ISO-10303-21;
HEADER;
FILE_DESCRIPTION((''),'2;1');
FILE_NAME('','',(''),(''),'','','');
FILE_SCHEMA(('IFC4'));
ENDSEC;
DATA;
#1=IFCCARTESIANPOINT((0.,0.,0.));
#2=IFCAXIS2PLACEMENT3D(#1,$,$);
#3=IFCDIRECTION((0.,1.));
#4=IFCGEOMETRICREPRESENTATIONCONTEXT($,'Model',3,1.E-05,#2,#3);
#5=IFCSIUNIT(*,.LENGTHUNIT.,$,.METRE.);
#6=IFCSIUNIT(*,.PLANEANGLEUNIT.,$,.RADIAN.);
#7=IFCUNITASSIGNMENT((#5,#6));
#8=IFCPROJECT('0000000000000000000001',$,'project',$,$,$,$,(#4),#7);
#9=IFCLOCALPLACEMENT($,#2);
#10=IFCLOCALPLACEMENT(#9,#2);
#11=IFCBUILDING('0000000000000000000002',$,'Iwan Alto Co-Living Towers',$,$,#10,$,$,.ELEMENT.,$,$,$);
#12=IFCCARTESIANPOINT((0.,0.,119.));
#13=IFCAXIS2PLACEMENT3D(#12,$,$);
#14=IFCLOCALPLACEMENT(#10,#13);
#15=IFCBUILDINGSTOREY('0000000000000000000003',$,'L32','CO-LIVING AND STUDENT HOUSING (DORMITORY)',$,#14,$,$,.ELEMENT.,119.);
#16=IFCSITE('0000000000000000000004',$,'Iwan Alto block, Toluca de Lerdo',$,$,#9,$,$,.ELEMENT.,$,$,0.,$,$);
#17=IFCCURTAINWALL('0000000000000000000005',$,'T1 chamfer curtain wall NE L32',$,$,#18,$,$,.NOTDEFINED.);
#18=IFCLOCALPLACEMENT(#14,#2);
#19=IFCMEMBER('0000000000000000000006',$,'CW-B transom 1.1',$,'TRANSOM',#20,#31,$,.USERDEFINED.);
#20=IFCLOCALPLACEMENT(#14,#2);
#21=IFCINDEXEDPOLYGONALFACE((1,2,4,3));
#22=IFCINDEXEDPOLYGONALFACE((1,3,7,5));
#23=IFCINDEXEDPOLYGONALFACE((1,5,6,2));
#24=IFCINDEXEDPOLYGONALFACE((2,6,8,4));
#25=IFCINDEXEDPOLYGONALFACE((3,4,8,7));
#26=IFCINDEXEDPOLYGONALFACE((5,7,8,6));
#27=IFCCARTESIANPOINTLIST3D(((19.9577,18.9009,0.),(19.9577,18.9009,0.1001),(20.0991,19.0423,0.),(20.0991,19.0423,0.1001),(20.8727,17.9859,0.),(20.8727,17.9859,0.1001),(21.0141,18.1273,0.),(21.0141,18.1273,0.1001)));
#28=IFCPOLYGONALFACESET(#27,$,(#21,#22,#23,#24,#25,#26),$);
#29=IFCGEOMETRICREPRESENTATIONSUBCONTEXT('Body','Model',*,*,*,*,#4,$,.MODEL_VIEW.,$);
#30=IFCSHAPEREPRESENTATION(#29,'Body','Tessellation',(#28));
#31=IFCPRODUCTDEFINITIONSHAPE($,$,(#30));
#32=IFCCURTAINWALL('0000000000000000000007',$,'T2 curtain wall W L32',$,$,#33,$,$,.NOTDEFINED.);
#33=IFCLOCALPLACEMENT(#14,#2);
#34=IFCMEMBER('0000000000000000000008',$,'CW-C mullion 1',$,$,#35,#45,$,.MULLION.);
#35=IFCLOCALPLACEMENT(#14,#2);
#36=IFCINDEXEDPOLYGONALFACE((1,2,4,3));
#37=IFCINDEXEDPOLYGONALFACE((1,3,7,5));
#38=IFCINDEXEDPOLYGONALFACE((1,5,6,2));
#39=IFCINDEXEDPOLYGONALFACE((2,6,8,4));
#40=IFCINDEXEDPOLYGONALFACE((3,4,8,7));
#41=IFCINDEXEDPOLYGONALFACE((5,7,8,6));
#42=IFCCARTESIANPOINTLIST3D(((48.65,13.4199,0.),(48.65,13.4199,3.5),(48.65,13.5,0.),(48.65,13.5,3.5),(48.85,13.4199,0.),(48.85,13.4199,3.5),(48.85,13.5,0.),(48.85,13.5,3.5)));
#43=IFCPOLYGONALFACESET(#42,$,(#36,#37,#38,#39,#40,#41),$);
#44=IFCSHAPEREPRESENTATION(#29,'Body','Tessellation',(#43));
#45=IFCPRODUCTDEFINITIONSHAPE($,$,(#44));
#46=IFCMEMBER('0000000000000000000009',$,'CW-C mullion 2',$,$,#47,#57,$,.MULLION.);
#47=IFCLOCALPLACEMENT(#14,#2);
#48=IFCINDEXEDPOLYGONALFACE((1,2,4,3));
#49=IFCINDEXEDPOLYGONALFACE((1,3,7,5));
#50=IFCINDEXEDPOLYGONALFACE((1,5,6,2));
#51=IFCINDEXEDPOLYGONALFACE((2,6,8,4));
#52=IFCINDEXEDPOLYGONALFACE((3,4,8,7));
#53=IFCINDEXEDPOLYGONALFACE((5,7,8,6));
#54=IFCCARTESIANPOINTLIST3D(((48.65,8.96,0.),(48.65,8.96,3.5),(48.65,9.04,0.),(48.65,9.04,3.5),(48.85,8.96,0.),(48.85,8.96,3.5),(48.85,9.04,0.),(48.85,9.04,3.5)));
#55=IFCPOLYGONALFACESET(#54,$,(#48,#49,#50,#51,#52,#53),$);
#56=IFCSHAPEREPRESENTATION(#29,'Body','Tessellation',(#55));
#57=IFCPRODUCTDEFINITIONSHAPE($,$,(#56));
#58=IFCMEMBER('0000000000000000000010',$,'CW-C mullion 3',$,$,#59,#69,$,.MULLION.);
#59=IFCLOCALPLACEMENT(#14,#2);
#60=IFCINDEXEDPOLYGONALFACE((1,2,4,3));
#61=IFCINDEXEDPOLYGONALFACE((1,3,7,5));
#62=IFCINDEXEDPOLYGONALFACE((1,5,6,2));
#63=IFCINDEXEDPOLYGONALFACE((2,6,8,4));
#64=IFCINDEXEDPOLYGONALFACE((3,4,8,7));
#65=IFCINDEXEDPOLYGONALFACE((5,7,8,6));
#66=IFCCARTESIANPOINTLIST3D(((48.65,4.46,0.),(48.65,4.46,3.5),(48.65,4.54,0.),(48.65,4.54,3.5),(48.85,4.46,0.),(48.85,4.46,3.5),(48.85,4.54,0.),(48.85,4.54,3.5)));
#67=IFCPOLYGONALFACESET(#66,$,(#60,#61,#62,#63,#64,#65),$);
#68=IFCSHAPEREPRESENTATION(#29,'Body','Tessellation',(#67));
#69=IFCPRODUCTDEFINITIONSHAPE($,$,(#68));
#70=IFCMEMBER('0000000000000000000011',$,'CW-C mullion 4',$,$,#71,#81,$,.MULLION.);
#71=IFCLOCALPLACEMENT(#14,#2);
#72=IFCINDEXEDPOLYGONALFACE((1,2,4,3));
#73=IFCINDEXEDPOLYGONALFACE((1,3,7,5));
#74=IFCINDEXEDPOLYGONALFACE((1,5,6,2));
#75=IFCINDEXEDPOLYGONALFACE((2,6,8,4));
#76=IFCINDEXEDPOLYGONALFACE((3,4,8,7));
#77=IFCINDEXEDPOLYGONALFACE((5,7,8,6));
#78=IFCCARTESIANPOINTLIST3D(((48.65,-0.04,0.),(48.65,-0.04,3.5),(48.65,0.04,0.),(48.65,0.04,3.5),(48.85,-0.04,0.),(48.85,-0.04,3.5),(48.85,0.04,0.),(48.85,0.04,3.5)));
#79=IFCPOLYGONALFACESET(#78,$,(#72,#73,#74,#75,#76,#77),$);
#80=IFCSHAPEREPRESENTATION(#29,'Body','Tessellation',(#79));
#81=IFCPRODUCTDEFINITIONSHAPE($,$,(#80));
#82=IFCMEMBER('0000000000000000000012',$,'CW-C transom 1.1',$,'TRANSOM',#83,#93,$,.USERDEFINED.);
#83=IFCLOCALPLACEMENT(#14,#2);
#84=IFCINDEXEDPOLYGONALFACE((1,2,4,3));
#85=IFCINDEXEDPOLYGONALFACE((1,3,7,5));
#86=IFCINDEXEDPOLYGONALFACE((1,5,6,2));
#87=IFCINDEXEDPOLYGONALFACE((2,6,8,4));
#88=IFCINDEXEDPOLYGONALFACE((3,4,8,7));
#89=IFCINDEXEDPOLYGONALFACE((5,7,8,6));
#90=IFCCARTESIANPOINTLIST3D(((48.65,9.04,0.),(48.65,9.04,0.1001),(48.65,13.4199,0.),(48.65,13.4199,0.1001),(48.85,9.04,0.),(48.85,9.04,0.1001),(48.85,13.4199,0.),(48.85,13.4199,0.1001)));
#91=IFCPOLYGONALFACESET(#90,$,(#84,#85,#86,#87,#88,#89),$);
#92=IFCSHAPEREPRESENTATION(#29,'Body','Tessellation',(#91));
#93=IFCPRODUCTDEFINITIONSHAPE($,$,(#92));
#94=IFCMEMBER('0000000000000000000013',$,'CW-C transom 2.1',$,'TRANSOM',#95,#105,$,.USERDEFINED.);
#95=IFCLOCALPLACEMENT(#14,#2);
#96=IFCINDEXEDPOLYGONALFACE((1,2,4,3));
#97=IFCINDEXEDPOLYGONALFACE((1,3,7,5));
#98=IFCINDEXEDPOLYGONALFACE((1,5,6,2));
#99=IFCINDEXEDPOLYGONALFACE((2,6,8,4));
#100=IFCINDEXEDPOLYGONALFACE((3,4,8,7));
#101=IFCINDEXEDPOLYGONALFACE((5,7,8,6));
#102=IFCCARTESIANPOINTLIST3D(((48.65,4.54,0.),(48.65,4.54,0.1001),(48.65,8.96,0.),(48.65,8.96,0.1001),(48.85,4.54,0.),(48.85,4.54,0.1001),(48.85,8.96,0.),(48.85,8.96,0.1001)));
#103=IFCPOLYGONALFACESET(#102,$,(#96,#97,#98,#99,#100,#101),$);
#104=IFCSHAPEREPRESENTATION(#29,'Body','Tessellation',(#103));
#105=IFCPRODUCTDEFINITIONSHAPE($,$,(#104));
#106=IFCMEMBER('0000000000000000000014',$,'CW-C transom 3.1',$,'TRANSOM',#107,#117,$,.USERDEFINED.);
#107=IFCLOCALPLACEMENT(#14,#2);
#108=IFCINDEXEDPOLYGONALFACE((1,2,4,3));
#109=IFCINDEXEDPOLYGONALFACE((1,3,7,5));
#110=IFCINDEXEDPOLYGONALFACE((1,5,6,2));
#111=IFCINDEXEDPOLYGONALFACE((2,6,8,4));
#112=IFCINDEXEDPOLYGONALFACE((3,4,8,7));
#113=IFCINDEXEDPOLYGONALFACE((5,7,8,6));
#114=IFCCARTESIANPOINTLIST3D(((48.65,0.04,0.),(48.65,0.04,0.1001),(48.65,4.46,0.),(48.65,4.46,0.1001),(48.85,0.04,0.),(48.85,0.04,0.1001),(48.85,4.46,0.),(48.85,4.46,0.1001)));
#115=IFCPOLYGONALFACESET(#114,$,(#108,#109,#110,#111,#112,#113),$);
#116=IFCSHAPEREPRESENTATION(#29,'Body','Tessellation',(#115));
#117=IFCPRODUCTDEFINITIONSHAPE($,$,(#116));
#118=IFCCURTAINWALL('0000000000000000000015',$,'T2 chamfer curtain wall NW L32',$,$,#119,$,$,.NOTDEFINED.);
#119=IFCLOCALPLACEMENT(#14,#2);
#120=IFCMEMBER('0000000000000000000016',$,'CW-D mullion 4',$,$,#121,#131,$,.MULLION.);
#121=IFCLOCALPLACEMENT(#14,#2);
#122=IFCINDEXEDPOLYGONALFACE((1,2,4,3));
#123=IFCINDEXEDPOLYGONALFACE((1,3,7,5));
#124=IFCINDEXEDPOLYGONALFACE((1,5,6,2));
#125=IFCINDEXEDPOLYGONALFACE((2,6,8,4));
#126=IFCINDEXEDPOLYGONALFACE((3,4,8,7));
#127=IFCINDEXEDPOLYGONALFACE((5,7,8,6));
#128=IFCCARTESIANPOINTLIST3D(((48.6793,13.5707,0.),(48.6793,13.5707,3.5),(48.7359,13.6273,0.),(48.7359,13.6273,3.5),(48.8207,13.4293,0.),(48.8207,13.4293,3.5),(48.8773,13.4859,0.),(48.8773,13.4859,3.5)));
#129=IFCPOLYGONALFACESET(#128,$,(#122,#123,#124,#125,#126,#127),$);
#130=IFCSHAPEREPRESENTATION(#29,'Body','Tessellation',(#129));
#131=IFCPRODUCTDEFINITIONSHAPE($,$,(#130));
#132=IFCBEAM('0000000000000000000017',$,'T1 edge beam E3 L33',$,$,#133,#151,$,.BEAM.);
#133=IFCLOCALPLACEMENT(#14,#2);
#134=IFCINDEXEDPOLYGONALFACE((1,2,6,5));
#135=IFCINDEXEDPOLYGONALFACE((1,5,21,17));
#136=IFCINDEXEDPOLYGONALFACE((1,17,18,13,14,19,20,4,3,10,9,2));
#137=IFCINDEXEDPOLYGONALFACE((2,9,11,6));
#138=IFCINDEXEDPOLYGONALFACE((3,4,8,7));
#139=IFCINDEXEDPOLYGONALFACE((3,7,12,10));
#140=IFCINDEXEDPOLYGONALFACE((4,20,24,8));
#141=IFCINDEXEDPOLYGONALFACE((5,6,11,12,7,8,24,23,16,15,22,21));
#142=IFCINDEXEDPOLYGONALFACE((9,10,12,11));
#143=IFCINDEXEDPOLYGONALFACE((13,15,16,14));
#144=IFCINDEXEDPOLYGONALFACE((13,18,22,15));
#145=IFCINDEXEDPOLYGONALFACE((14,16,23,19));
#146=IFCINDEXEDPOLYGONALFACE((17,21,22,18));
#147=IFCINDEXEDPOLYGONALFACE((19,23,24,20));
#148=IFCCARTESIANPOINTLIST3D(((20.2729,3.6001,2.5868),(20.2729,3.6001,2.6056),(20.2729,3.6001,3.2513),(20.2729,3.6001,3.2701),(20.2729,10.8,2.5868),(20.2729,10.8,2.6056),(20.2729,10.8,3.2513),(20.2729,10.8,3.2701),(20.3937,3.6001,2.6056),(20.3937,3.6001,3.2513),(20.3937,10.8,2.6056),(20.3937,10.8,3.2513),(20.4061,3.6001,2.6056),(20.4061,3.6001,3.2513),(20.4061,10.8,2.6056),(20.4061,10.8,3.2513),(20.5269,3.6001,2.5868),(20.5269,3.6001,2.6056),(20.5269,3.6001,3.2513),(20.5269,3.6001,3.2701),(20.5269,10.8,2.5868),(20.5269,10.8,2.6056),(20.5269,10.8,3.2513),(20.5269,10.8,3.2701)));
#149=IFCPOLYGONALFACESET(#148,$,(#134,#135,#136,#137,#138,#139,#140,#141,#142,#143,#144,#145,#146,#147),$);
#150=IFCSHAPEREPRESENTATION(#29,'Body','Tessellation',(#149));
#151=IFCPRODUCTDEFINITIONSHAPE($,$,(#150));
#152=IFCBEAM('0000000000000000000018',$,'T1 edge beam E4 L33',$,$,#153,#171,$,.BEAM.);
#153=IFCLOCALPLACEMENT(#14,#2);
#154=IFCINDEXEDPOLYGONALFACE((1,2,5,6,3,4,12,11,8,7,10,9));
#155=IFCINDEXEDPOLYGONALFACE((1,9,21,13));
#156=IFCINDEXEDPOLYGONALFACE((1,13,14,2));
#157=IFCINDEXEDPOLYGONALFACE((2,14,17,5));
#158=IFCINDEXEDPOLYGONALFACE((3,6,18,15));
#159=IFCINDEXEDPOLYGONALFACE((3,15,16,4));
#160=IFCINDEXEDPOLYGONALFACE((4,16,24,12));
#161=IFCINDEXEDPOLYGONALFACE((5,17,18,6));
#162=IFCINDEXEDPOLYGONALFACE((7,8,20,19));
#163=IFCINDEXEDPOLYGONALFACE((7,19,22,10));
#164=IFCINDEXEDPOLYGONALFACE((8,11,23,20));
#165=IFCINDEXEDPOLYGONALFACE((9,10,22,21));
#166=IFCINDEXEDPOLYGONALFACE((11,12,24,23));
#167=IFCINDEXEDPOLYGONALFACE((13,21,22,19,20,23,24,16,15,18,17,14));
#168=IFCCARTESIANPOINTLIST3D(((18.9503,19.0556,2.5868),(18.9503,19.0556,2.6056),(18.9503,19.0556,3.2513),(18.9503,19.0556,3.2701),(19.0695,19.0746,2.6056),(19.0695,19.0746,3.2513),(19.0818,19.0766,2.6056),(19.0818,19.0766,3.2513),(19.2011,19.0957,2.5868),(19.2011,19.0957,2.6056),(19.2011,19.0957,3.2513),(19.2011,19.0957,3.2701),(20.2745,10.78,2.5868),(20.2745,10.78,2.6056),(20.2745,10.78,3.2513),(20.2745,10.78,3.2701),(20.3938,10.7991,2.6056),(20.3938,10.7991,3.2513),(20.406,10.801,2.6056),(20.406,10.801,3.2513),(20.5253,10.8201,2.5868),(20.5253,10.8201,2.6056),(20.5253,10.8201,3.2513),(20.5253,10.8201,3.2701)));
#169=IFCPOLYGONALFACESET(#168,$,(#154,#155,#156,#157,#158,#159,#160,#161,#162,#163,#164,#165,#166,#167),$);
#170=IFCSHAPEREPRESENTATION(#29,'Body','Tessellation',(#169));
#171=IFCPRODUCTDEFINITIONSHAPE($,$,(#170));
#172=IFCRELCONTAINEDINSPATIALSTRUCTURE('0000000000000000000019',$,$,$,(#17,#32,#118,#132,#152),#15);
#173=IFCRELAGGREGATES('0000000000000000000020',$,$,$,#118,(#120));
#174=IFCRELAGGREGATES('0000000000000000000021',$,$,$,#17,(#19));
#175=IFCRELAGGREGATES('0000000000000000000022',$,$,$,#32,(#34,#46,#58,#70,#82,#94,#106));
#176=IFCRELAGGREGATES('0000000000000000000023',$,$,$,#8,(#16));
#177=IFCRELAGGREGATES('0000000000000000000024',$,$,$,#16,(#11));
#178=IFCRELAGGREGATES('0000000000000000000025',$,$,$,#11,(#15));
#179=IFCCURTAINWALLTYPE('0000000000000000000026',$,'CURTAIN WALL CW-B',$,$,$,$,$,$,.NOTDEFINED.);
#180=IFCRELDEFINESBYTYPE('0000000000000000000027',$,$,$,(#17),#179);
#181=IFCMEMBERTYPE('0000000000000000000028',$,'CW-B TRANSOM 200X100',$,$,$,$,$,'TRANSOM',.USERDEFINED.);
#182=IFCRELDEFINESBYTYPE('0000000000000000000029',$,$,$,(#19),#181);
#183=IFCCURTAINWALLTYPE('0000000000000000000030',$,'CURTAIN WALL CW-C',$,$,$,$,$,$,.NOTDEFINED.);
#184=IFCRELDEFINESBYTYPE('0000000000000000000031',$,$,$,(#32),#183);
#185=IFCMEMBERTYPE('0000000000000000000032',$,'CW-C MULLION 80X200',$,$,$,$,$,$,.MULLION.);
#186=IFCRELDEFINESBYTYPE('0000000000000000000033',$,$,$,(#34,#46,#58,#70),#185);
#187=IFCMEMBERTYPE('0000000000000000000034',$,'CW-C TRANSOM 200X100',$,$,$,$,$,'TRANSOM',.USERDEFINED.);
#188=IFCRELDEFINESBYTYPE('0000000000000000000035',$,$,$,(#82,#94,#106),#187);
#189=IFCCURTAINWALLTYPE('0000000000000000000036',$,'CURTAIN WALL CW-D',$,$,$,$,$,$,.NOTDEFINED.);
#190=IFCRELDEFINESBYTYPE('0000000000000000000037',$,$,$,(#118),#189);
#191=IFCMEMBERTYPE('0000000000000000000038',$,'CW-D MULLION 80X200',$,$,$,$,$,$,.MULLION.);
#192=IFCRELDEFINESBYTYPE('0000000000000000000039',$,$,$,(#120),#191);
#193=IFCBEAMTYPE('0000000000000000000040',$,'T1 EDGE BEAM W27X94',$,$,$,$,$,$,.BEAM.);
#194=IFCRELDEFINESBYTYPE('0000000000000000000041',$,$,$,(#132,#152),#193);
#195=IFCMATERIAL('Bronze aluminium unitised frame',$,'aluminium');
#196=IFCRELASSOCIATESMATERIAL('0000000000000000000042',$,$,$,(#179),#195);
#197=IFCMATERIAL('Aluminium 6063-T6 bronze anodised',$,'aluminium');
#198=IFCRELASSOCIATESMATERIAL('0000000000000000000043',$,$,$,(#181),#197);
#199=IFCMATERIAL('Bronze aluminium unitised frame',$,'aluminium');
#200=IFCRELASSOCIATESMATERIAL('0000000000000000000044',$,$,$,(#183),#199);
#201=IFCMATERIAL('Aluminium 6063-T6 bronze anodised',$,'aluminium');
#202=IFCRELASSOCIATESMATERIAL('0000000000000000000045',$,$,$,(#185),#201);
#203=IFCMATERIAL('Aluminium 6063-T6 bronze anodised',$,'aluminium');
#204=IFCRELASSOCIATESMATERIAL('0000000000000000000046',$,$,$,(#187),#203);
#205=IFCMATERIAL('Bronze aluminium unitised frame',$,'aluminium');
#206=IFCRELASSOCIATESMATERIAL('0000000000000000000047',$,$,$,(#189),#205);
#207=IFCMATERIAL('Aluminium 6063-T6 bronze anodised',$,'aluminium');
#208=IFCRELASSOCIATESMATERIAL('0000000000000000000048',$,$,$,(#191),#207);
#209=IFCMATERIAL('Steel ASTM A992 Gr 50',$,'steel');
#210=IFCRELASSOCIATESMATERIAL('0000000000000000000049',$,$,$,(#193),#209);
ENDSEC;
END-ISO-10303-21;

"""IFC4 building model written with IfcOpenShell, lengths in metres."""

from ifc_helpers import new_model, si_unit, direction, frame, origin, origin_2d, place, context, subcontext, project, spatial, rectangle, i_section, extrude, material, material_profile, profile_set, type_object, element, aggregate, save


model = new_model("IFC4")

# Units and contexts
model_context = context("Model", 3, precision=1e-05, world=origin(), true_north=direction((0.0, 1.0)))
body_context = subcontext(model_context, "Body", "Model", "MODEL_VIEW")
ifc_project = project(units=[si_unit("LENGTHUNIT", "METRE"), si_unit("PLANEANGLEUNIT", "RADIAN")], contexts=[model_context])

# Site, building, storey
site_placement = place(None, origin())
site = spatial("IfcSite", under=ifc_project, at=site_placement, Name="Iwan Alto block, Toluca de Lerdo", CompositionType="ELEMENT", RefElevation=0.0)
building_placement = place(site_placement, origin())
building = spatial("IfcBuilding", under=site, at=building_placement, Name="Iwan Alto Co-Living Towers", CompositionType="ELEMENT")
storey_placement = place(building_placement, frame((0.0, 0.0, 119.0)))
storey = spatial("IfcBuildingStorey", under=building, at=storey_placement, Name="L32", Description="CO-LIVING AND STUDENT HOUSING (DORMITORY)", CompositionType="ELEMENT", Elevation=119.0)

# Curtain walls, members
ifc_material_1 = material(Name="Bronze aluminium unitised frame", Category="aluminium")
curtain_wall_type_1 = type_object("IfcCurtainWallType", Name="CURTAIN WALL CW-B", PredefinedType="NOTDEFINED", material=ifc_material_1)
curtain_wall_1_placement = place(storey_placement, origin())
curtain_wall_1 = element("IfcCurtainWall", 1, at=curtain_wall_1_placement, inside=storey, type_object=curtain_wall_type_1, Name="T1 chamfer curtain wall NE L32", PredefinedType="NOTDEFINED")
ifc_material_2 = material(Name="Aluminium 6063-T6 bronze anodised", Category="aluminium")
ifc_material_profile_1 = material_profile(ifc_material_2, rectangle(XDim=0.2, YDim=0.1001, at=origin_2d()), Name="AL 200X100")
ifc_profile_set_1 = profile_set([ifc_material_profile_1], Name="Aluminium 6063-T6 bronze anodised")
member_type_1 = type_object("IfcMemberType", Name="CW-B TRANSOM 200X100", ElementType="TRANSOM", PredefinedType="USERDEFINED", material=ifc_profile_set_1)
member_1_placement = place(storey_placement, frame((20.9434, 18.0566, 0.05), z_axis=(-0.707107, 0.707107, 0.0), x_axis=(-0.707107, -0.707107, 0.0)))
member_1 = element("IfcMember", 2, at=member_1_placement, type_object=member_type_1, Name="CW-B transom 1.1", ObjectType="TRANSOM", PredefinedType="USERDEFINED", context=body_context, shape_type="SweptSolid", body=[
    extrude(rectangle(XDim=0.2, YDim=0.1001, at=origin_2d()), origin(), (0.0, 0.0, 1.0), 1.2939),
])
ifc_material_3 = material(Name="Bronze aluminium unitised frame", Category="aluminium")
curtain_wall_type_2 = type_object("IfcCurtainWallType", Name="CURTAIN WALL CW-C", PredefinedType="NOTDEFINED", material=ifc_material_3)
curtain_wall_2_placement = place(storey_placement, origin())
curtain_wall_2 = element("IfcCurtainWall", 3, at=curtain_wall_2_placement, inside=storey, type_object=curtain_wall_type_2, Name="T2 curtain wall W L32", PredefinedType="NOTDEFINED")
ifc_material_4 = material(Name="Aluminium 6063-T6 bronze anodised", Category="aluminium")
ifc_material_profile_2 = material_profile(ifc_material_4, rectangle(XDim=0.2, YDim=0.0801, at=origin_2d()), Name="AL 80X200")
ifc_profile_set_2 = profile_set([ifc_material_profile_2], Name="Aluminium 6063-T6 bronze anodised")
member_type_2 = type_object("IfcMemberType", Name="CW-C MULLION 80X200", PredefinedType="MULLION", material=ifc_profile_set_2)
member_2_placement = place(storey_placement, frame((48.75, 13.46, 0.0), z_axis=(0.0, 0.0, 1.0), x_axis=(1.0, 0.0, 0.0)))
member_2 = element("IfcMember", 4, at=member_2_placement, type_object=member_type_2, Name="CW-C mullion 1", PredefinedType="MULLION", context=body_context, shape_type="SweptSolid", body=[
    extrude(rectangle(XDim=0.2, YDim=0.0801, at=origin_2d()), origin(), (0.0, 0.0, 1.0), 3.5),
])
member_3_placement = place(storey_placement, frame((48.75, 9.0, 0.0), z_axis=(0.0, 0.0, 1.0), x_axis=(1.0, 0.0, 0.0)))
member_3 = element("IfcMember", 5, at=member_3_placement, type_object=member_type_2, Name="CW-C mullion 2", PredefinedType="MULLION", context=body_context, shape_type="SweptSolid", body=[
    extrude(rectangle(XDim=0.2, YDim=0.0801, at=origin_2d()), origin(), (0.0, 0.0, 1.0), 3.5),
])
member_4_placement = place(storey_placement, frame((48.75, 4.5, 0.0), z_axis=(0.0, 0.0, 1.0), x_axis=(1.0, 0.0, 0.0)))
member_4 = element("IfcMember", 6, at=member_4_placement, type_object=member_type_2, Name="CW-C mullion 3", PredefinedType="MULLION", context=body_context, shape_type="SweptSolid", body=[
    extrude(rectangle(XDim=0.2, YDim=0.0801, at=origin_2d()), origin(), (0.0, 0.0, 1.0), 3.5),
])
member_5_placement = place(storey_placement, frame((48.75, 0.0, 0.0), z_axis=(0.0, 0.0, 1.0), x_axis=(1.0, 0.0, 0.0)))
member_5 = element("IfcMember", 7, at=member_5_placement, type_object=member_type_2, Name="CW-C mullion 4", PredefinedType="MULLION", context=body_context, shape_type="SweptSolid", body=[
    extrude(rectangle(XDim=0.2, YDim=0.0801, at=origin_2d()), origin(), (0.0, 0.0, 1.0), 3.5),
])
ifc_material_5 = material(Name="Aluminium 6063-T6 bronze anodised", Category="aluminium")
ifc_material_profile_3 = material_profile(ifc_material_5, rectangle(XDim=0.2, YDim=0.1001, at=origin_2d()), Name="AL 200X100")
ifc_profile_set_3 = profile_set([ifc_material_profile_3], Name="Aluminium 6063-T6 bronze anodised")
member_type_3 = type_object("IfcMemberType", Name="CW-C TRANSOM 200X100", ElementType="TRANSOM", PredefinedType="USERDEFINED", material=ifc_profile_set_3)
member_6_placement = place(storey_placement, frame((48.75, 13.4199, 0.05), z_axis=(0.0, -1.0, 0.0), x_axis=(1.0, 0.0, 0.0)))
member_6 = element("IfcMember", 8, at=member_6_placement, type_object=member_type_3, Name="CW-C transom 1.1", ObjectType="TRANSOM", PredefinedType="USERDEFINED", context=body_context, shape_type="SweptSolid", body=[
    extrude(rectangle(XDim=0.2, YDim=0.1001, at=origin_2d()), origin(), (0.0, 0.0, 1.0), 4.3799),
])
member_7_placement = place(storey_placement, frame((48.75, 8.96, 0.05), z_axis=(0.0, -1.0, 0.0), x_axis=(1.0, 0.0, 0.0)))
member_7 = element("IfcMember", 9, at=member_7_placement, type_object=member_type_3, Name="CW-C transom 2.1", ObjectType="TRANSOM", PredefinedType="USERDEFINED", context=body_context, shape_type="SweptSolid", body=[
    extrude(rectangle(XDim=0.2, YDim=0.1001, at=origin_2d()), origin(), (0.0, 0.0, 1.0), 4.4199),
])
member_8_placement = place(storey_placement, frame((48.75, 4.46, 0.05), z_axis=(0.0, -1.0, 0.0), x_axis=(1.0, 0.0, 0.0)))
member_8 = element("IfcMember", 10, at=member_8_placement, type_object=member_type_3, Name="CW-C transom 3.1", ObjectType="TRANSOM", PredefinedType="USERDEFINED", context=body_context, shape_type="SweptSolid", body=[
    extrude(rectangle(XDim=0.2, YDim=0.1001, at=origin_2d()), origin(), (0.0, 0.0, 1.0), 4.4199),
])

# Curtain wall, member
ifc_material_6 = material(Name="Bronze aluminium unitised frame", Category="aluminium")
curtain_wall_type_3 = type_object("IfcCurtainWallType", Name="CURTAIN WALL CW-D", PredefinedType="NOTDEFINED", material=ifc_material_6)
curtain_wall_3_placement = place(storey_placement, origin())
curtain_wall_3 = element("IfcCurtainWall", 11, at=curtain_wall_3_placement, inside=storey, type_object=curtain_wall_type_3, Name="T2 chamfer curtain wall NW L32", PredefinedType="NOTDEFINED")
ifc_material_7 = material(Name="Aluminium 6063-T6 bronze anodised", Category="aluminium")
ifc_material_profile_4 = material_profile(ifc_material_7, rectangle(XDim=0.2, YDim=0.0801, at=origin_2d()), Name="AL 80X200")
ifc_profile_set_4 = profile_set([ifc_material_profile_4], Name="Aluminium 6063-T6 bronze anodised")
member_type_4 = type_object("IfcMemberType", Name="CW-D MULLION 80X200", PredefinedType="MULLION", material=ifc_profile_set_4)
member_9_placement = place(storey_placement, frame((48.7783, 13.5283, 0.0), z_axis=(0.0, 0.0, 1.0), x_axis=(0.707107, -0.707107, 0.0)))
member_9 = element("IfcMember", 12, at=member_9_placement, type_object=member_type_4, Name="CW-D mullion 4", PredefinedType="MULLION", context=body_context, shape_type="SweptSolid", body=[
    extrude(rectangle(XDim=0.2, YDim=0.0801, at=origin_2d()), origin(), (0.0, 0.0, 1.0), 3.5),
])
aggregate(curtain_wall_3, [member_9])

# Beams
ifc_material_8 = material(Name="Steel ASTM A992 Gr 50", Category="steel")
ifc_material_profile_5 = material_profile(ifc_material_8, i_section(OverallWidth=0.2539, OverallDepth=0.6833, WebThickness=0.0125, FlangeThickness=0.0188, at=origin_2d()), Name="W27X94")
ifc_profile_set_5 = profile_set([ifc_material_profile_5], Name="Steel ASTM A992 Gr 50")
beam_type_1 = type_object("IfcBeamType", Name="T1 EDGE BEAM W27X94", PredefinedType="BEAM", material=ifc_profile_set_5)
beam_1_placement = place(storey_placement, frame((20.3999, 3.6001, 2.9285), z_axis=(0.0, 1.0, 0.0), x_axis=(-1.0, 0.0, 0.0)))
element("IfcBeam", 13, at=beam_1_placement, inside=storey, type_object=beam_type_1, Name="T1 edge beam E3 L33", PredefinedType="BEAM", context=body_context, shape_type="SweptSolid", body=[
    extrude(i_section(OverallWidth=0.2539, OverallDepth=0.6833, WebThickness=0.0125, FlangeThickness=0.0188, at=origin_2d()), origin(), (0.0, 0.0, 1.0), 7.2),
])
beam_2_placement = place(storey_placement, frame((20.3999, 10.8, 2.9285), z_axis=(-0.158004, 0.987438, 0.0), x_axis=(-0.987438, -0.158004, 0.0)))
element("IfcBeam", 14, at=beam_2_placement, inside=storey, type_object=beam_type_1, Name="T1 edge beam E4 L33", PredefinedType="BEAM", context=body_context, shape_type="SweptSolid", body=[
    extrude(i_section(OverallWidth=0.2539, OverallDepth=0.6833, WebThickness=0.0125, FlangeThickness=0.0188, at=origin_2d()), origin(), (0.0, 0.0, 1.0), 8.3809),
])

aggregate(curtain_wall_1, [member_1])
aggregate(curtain_wall_2, [member_2, member_3, member_4, member_5, member_6, member_7, member_8])

save(model, "model.ifc")
